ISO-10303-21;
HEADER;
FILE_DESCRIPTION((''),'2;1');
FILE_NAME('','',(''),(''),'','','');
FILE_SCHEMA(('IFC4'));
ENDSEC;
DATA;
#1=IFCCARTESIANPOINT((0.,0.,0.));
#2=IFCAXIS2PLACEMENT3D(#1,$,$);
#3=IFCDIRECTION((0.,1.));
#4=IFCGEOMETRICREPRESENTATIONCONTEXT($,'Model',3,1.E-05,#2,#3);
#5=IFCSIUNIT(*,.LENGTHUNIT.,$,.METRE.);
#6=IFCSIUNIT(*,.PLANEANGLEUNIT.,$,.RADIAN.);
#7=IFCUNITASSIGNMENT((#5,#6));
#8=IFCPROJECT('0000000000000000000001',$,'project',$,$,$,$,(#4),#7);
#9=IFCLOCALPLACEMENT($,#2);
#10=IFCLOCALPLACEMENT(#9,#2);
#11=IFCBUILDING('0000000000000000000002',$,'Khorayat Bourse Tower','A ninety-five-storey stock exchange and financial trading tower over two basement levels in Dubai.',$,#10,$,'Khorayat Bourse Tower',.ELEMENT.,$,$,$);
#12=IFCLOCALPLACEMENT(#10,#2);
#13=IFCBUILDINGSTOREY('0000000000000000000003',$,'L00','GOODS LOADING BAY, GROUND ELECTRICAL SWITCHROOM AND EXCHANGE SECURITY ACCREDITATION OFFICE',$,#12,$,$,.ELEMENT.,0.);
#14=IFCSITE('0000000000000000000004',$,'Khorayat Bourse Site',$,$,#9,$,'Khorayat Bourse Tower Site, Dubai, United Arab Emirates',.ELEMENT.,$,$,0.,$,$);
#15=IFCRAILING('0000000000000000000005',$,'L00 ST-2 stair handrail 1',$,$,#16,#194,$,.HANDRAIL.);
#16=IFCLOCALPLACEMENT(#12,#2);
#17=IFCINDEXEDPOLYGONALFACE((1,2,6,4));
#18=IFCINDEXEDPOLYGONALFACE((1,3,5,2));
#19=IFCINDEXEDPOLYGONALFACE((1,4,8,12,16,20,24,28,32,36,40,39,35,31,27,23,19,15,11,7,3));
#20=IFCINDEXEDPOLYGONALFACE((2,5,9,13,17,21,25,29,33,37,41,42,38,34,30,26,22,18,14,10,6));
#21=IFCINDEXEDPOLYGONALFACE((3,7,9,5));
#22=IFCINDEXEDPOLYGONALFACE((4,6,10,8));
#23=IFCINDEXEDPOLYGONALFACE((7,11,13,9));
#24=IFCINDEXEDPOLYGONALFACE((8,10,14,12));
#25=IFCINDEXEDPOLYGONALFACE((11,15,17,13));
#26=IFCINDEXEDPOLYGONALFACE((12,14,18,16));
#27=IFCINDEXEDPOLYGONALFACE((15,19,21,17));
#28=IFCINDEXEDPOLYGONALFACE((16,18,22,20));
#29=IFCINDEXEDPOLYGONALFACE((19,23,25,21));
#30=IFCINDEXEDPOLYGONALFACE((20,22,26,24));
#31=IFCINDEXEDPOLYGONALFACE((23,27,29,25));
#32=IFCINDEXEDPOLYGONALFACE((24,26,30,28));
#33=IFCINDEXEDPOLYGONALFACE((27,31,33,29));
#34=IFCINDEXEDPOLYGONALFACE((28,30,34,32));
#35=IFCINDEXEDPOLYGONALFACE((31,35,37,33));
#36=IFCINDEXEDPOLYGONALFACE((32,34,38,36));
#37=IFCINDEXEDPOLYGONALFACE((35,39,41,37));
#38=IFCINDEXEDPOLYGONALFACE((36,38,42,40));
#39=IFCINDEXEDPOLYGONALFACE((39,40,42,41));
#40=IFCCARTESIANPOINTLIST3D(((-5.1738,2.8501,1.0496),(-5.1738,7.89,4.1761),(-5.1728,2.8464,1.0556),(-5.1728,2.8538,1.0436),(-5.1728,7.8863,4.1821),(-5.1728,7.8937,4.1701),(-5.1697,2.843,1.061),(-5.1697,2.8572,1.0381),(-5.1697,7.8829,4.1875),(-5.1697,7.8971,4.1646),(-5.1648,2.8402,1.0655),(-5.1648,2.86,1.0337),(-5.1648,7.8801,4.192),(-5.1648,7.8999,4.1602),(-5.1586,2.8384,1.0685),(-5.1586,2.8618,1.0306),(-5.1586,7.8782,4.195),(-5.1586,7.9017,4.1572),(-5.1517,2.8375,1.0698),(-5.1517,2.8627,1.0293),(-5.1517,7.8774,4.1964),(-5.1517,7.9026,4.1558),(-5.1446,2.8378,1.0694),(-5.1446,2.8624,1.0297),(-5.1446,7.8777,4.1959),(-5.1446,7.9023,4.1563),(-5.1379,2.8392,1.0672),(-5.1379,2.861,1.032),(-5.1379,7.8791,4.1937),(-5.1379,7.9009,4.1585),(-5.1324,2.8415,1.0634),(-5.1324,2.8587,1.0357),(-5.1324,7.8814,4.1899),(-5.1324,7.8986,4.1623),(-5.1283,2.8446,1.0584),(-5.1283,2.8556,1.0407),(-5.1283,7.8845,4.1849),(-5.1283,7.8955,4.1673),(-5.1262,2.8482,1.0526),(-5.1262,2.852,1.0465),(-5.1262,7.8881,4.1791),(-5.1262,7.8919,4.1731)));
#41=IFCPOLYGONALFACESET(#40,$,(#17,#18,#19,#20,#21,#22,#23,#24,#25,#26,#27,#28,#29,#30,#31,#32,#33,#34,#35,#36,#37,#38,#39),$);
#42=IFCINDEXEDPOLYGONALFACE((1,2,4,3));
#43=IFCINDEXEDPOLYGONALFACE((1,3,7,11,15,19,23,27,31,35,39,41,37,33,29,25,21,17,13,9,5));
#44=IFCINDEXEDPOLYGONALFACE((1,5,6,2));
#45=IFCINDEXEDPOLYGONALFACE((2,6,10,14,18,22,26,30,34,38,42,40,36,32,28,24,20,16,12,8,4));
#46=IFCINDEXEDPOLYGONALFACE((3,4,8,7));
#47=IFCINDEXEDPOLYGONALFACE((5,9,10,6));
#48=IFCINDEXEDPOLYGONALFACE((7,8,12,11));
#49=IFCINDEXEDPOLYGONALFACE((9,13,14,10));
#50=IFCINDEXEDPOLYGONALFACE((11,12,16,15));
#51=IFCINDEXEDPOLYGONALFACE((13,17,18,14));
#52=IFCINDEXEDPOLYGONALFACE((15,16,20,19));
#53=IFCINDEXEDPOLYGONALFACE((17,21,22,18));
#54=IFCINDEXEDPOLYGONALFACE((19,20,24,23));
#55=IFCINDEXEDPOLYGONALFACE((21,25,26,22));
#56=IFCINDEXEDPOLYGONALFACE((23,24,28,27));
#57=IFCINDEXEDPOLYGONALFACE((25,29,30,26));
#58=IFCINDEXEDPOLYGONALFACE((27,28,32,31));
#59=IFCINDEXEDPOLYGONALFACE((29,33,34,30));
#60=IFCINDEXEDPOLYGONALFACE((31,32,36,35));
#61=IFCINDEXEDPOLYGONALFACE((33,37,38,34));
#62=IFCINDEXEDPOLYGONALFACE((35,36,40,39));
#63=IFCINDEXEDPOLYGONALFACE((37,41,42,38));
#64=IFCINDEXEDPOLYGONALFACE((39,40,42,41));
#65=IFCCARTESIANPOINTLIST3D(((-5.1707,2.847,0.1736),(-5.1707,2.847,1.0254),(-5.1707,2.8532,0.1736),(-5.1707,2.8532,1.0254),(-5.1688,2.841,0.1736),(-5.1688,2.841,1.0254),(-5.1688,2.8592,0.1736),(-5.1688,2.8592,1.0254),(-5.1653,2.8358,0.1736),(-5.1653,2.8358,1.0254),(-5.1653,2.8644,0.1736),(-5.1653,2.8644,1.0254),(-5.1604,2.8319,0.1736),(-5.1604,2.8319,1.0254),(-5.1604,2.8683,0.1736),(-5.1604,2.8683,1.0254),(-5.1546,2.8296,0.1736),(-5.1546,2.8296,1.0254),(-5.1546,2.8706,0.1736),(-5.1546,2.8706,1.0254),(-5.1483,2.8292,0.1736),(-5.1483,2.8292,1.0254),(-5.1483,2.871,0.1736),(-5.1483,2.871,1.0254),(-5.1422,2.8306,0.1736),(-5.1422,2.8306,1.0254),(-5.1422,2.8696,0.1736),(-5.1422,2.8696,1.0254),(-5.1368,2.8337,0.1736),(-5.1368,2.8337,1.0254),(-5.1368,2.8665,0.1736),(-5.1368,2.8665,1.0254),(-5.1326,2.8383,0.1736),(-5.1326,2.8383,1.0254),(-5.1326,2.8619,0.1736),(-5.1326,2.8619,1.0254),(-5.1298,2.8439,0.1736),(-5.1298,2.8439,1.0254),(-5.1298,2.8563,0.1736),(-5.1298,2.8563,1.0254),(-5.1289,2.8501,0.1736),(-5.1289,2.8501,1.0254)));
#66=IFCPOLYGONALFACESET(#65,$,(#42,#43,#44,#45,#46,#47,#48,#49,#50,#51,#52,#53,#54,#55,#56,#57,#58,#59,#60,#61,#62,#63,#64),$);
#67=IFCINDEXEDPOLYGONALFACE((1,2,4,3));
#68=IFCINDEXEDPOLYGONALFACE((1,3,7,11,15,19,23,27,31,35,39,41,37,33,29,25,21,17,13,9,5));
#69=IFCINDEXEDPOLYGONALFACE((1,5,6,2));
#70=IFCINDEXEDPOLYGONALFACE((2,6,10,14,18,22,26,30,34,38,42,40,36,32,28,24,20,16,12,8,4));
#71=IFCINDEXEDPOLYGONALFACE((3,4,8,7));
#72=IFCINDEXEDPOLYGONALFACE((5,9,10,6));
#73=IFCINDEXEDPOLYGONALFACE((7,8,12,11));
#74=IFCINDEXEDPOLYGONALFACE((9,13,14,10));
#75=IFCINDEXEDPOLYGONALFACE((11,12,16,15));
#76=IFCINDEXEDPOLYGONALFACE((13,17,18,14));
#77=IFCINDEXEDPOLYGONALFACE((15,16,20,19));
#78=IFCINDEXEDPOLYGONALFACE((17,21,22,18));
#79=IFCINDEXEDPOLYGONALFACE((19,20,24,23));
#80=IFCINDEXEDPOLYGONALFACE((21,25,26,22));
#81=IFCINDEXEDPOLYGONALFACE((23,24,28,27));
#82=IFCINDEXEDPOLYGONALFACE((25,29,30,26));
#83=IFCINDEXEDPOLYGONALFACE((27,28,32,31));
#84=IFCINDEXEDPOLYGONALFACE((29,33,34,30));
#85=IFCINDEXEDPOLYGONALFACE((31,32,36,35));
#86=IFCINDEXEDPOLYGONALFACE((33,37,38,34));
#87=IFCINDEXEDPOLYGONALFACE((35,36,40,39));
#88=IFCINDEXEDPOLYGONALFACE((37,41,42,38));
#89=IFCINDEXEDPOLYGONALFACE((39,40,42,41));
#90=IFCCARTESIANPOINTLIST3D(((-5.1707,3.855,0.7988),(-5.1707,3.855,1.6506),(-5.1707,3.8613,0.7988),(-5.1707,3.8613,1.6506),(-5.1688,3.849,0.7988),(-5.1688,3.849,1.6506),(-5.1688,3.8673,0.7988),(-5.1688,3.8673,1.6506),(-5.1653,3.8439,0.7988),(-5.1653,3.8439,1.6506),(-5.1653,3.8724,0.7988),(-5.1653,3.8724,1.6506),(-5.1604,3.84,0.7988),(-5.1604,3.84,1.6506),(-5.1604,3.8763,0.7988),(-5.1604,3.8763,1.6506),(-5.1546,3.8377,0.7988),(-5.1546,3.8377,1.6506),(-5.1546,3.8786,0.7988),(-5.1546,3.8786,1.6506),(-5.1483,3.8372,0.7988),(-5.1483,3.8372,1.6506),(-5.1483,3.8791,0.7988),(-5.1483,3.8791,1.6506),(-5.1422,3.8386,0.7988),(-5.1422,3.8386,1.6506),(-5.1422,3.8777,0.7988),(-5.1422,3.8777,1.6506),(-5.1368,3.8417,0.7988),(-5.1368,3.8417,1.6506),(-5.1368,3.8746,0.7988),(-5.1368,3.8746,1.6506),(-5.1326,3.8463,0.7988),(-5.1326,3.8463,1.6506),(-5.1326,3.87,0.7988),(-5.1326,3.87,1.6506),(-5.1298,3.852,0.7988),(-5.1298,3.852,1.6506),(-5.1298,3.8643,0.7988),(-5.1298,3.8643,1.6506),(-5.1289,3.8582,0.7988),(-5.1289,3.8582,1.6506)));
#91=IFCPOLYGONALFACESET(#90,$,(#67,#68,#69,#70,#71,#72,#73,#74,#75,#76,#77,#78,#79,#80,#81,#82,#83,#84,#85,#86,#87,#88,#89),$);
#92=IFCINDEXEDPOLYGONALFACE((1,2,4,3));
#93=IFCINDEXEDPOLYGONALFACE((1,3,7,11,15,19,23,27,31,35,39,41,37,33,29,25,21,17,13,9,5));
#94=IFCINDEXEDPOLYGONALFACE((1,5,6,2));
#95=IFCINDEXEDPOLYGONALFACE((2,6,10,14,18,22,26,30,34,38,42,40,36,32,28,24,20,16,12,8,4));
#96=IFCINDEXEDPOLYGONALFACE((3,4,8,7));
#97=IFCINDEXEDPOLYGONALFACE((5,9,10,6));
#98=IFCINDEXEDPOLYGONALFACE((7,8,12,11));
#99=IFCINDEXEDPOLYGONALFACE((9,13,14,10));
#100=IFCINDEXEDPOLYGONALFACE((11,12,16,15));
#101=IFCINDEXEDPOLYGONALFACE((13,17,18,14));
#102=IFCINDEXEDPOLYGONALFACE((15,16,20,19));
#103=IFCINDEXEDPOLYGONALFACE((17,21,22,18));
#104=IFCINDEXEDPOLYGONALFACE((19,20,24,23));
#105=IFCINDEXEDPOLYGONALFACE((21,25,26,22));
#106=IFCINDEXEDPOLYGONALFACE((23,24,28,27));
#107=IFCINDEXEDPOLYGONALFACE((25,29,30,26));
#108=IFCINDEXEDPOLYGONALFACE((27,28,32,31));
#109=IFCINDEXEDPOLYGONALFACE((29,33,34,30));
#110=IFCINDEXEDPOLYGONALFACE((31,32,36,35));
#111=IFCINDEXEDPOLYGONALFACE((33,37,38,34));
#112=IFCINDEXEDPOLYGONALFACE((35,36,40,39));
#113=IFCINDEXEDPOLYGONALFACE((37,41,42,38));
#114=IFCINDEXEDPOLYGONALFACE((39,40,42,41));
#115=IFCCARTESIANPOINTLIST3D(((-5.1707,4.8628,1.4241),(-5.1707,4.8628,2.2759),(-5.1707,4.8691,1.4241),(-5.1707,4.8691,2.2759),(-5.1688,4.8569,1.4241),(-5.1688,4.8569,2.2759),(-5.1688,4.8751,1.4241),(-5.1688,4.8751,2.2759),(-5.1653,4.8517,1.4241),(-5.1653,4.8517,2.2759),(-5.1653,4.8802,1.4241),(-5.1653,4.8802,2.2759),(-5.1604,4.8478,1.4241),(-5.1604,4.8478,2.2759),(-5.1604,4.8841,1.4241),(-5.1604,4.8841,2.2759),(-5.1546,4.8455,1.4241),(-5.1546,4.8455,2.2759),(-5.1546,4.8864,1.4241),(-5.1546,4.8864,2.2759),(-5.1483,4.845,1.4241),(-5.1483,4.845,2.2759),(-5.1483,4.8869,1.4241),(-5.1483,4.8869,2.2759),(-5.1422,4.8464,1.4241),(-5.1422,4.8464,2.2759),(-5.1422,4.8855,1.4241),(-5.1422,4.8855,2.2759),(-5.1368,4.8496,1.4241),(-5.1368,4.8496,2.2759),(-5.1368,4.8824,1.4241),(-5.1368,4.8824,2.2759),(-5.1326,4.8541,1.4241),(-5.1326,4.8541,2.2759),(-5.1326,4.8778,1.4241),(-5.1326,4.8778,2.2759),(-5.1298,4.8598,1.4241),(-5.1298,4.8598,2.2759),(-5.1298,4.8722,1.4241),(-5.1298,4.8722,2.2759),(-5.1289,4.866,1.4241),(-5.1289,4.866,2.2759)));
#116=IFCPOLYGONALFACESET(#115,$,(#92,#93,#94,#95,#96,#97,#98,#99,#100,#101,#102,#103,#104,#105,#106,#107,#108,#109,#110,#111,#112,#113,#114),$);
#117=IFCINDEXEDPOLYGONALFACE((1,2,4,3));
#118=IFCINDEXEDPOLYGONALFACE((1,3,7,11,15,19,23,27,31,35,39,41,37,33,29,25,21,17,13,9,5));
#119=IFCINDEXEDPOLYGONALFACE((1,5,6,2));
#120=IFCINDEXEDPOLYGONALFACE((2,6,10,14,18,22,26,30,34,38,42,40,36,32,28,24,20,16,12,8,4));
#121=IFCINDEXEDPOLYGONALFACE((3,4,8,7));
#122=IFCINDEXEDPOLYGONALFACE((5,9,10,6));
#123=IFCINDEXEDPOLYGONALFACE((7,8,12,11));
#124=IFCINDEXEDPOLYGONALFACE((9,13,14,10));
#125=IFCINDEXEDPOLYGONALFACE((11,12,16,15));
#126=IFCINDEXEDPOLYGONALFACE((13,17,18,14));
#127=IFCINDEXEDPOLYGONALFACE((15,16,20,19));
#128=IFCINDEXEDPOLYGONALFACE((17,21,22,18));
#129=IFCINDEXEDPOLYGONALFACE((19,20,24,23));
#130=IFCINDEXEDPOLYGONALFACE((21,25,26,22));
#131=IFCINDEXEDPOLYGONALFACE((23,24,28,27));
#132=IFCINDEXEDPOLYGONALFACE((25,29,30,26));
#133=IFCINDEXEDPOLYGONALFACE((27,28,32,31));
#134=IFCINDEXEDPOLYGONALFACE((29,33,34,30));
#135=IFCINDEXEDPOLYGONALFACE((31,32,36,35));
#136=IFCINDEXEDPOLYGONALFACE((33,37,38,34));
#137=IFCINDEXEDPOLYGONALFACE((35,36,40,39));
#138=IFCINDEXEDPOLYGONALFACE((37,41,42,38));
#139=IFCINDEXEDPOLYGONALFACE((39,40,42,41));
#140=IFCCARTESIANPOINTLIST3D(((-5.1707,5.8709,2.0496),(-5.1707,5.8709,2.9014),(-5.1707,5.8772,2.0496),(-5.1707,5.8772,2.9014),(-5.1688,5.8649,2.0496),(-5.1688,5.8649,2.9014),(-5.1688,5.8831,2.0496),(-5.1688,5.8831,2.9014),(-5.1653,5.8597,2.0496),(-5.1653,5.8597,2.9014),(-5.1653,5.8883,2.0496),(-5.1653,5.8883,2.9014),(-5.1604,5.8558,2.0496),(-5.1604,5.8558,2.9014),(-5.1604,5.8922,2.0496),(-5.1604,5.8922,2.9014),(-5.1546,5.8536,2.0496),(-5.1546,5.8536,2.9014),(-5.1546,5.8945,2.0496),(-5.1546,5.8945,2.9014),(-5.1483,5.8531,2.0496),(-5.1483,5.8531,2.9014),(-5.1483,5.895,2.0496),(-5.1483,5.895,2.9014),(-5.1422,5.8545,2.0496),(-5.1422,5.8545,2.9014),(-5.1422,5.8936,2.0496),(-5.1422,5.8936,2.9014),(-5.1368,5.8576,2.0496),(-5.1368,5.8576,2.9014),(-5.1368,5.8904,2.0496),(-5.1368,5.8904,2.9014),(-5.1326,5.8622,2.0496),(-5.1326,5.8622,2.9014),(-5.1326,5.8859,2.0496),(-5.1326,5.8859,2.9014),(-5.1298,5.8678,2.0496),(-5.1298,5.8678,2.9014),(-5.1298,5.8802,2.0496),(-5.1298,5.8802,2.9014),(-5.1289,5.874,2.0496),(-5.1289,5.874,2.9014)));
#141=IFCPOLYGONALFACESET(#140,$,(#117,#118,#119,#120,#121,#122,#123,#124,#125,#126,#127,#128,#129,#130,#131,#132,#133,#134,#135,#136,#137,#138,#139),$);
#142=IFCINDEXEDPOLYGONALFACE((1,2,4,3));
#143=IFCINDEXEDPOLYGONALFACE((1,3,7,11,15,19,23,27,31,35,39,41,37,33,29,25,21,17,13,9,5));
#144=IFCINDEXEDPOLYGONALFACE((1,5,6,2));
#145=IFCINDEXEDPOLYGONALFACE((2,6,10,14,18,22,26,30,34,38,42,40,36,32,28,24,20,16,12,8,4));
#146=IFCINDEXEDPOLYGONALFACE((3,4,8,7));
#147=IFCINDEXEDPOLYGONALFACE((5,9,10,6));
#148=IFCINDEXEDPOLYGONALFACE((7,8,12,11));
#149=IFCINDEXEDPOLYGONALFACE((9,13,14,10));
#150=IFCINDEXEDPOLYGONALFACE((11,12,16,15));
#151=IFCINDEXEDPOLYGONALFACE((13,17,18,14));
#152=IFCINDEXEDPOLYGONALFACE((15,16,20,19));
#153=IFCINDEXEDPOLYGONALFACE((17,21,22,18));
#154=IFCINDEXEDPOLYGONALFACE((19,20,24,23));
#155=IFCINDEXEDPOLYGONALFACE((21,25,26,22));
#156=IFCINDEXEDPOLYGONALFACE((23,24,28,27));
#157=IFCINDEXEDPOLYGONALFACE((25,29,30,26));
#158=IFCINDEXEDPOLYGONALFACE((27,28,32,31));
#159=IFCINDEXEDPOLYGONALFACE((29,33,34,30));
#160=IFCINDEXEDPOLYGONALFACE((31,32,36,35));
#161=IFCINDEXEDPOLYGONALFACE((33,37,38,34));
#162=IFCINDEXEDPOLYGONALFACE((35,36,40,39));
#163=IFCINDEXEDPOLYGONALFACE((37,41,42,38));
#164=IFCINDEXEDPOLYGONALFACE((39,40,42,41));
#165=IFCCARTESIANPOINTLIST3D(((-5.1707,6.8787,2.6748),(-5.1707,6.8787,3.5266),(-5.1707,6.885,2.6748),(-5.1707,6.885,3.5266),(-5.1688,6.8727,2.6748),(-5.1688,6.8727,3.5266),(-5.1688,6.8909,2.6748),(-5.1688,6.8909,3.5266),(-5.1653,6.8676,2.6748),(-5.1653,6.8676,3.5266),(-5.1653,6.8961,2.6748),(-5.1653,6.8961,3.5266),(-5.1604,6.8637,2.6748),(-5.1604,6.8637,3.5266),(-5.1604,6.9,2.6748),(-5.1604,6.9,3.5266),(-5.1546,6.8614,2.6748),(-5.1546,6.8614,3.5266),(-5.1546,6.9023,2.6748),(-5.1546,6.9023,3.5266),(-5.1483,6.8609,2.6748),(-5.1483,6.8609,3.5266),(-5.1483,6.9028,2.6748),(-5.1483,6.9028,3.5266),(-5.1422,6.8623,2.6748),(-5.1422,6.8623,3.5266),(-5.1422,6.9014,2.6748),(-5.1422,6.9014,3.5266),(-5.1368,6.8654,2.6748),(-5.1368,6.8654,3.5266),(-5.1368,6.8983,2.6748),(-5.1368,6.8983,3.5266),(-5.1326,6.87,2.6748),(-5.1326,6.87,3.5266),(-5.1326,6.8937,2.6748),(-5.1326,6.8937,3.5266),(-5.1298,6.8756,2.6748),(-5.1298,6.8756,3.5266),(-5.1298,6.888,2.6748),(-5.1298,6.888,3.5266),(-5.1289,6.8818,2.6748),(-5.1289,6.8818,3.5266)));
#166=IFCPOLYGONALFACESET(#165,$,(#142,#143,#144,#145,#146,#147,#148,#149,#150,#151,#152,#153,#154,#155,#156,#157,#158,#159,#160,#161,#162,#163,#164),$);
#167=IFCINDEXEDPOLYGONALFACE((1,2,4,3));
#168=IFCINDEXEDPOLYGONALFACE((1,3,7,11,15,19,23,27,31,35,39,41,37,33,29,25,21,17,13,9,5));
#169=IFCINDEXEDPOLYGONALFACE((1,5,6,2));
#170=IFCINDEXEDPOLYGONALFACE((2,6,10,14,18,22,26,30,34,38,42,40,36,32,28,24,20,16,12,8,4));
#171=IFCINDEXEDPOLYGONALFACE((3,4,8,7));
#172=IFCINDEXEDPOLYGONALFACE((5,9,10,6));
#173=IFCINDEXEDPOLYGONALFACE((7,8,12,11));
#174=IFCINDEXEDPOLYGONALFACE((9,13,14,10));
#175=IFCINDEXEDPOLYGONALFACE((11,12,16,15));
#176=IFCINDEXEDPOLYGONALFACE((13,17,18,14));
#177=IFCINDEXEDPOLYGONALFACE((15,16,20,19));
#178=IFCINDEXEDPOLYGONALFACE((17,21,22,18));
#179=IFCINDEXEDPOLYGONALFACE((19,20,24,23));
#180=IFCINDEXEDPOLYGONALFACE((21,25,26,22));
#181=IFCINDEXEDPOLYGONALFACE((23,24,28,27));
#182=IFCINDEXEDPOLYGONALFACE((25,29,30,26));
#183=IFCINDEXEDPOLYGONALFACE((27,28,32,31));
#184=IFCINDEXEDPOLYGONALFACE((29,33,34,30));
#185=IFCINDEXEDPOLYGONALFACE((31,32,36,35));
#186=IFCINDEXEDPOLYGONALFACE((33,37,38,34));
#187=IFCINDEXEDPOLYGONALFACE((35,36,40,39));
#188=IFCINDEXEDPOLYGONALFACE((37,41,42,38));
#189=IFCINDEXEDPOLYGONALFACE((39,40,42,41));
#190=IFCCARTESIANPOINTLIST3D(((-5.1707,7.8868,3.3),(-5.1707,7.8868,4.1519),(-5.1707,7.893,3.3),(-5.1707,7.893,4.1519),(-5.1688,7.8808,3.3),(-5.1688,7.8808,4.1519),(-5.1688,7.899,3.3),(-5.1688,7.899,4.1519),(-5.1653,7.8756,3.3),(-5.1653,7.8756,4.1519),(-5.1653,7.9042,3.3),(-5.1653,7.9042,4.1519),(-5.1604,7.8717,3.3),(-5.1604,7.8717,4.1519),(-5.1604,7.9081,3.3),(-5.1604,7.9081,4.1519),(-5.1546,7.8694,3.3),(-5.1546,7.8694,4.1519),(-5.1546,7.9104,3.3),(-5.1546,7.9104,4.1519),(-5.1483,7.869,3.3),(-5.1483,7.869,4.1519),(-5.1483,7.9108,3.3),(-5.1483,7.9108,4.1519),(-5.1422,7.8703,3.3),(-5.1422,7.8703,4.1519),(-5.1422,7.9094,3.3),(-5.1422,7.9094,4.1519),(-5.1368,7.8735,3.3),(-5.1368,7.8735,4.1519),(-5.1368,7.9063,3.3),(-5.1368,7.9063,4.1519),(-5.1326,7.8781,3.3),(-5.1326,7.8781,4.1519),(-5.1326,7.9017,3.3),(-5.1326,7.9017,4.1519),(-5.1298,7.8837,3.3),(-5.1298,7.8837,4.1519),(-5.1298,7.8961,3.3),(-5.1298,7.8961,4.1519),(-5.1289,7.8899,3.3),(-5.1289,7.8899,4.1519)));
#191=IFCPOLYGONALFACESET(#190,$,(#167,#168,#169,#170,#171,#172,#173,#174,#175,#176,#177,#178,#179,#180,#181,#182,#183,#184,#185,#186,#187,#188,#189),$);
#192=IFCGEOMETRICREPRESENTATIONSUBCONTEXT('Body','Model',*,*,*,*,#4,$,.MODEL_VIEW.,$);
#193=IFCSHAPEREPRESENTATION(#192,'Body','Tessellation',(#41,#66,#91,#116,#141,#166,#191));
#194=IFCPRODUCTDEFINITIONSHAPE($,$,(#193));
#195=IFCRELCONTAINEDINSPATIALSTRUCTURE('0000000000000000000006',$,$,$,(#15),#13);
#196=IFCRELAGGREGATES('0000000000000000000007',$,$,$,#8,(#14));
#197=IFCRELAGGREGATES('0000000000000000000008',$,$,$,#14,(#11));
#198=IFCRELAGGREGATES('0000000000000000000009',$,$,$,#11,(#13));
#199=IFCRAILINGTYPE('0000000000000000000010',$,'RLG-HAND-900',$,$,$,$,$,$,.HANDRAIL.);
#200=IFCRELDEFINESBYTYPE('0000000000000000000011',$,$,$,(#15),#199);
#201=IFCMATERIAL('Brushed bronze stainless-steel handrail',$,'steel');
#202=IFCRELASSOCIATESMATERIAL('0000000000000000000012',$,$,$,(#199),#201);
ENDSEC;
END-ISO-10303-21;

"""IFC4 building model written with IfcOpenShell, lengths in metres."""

from ifc_helpers import new_model, si_unit, direction, frame, origin, origin_2d, place, context, subcontext, project, spatial, circle, extrude, source, transform, mapped, material, type_object, element, save


model = new_model("IFC4")

# Units and contexts
model_context = context("Model", 3, precision=1e-05, world=origin(), true_north=direction((0.0, 1.0)))
body_context = subcontext(model_context, "Body", "Model", "MODEL_VIEW")
ifc_project = project(units=[si_unit("LENGTHUNIT", "METRE"), si_unit("PLANEANGLEUNIT", "RADIAN")], contexts=[model_context])

# Site, building, storey
site_placement = place(None, origin())
site = spatial("IfcSite", under=ifc_project, at=site_placement, Name="Khorayat Bourse Site", LongName="Khorayat Bourse Tower Site, Dubai, United Arab Emirates", CompositionType="ELEMENT", RefElevation=0.0)
building_placement = place(site_placement, origin())
building = spatial("IfcBuilding", under=site, at=building_placement, Name="Khorayat Bourse Tower", Description="A ninety-five-storey stock exchange and financial trading tower over two basement levels in Dubai.", LongName="Khorayat Bourse Tower", CompositionType="ELEMENT")
storey_placement = place(building_placement, origin())
storey = spatial("IfcBuildingStorey", under=building, at=storey_placement, Name="L00", Description="GOODS LOADING BAY, GROUND ELECTRICAL SWITCHROOM AND EXCHANGE SECURITY ACCREDITATION OFFICE", CompositionType="ELEMENT", Elevation=0.0)

# Railing
ifc_material_1 = material(Name="Brushed bronze stainless-steel handrail", Category="steel")
railing_type_1 = type_object("IfcRailingType", Name="RLG-HAND-900", PredefinedType="HANDRAIL", material=ifc_material_1)
shared_shape_1 = source(origin(), body_context, "Body", "SweptSolid", [
    extrude(circle(Radius=0.0239, at=origin_2d()), frame((0.0, 0.0, 0.876), z_axis=(0.0, 0.849767, 0.527158), x_axis=(-1.0, 0.0, 0.0)), (0.0, 0.0, 1.0), 5.9309),
    extrude(circle(Radius=0.021, at=origin_2d()), origin(), (0.0, 0.0, 1.0), 0.8518),
    extrude(circle(Radius=0.021, at=origin_2d()), frame((0.0, 1.0081, 0.6252)), (0.0, 0.0, 1.0), 0.8518),
    extrude(circle(Radius=0.021, at=origin_2d()), frame((0.0, 2.0159, 1.2505)), (0.0, 0.0, 1.0), 0.8518),
    extrude(circle(Radius=0.021, at=origin_2d()), frame((0.0, 3.0239, 1.876)), (0.0, 0.0, 1.0), 0.8518),
    extrude(circle(Radius=0.021, at=origin_2d()), frame((0.0, 4.0317, 2.5012)), (0.0, 0.0, 1.0), 0.8518),
    extrude(circle(Radius=0.021, at=origin_2d()), frame((0.0, 5.0398, 3.1265)), (0.0, 0.0, 1.0), 0.8518),
])
railing_1_placement = place(storey_placement, frame((-5.1499, 2.8501, 0.1736)))
element("IfcRailing", 1, at=railing_1_placement, inside=storey, type_object=railing_type_1, Name="L00 ST-2 stair handrail 1", PredefinedType="HANDRAIL", context=body_context, shape_type="MappedRepresentation", body=[
    mapped(shared_shape_1, transform((0.0, 0.0, 0.0), scale=1.0)),
])

save(model, "model.ifc")
